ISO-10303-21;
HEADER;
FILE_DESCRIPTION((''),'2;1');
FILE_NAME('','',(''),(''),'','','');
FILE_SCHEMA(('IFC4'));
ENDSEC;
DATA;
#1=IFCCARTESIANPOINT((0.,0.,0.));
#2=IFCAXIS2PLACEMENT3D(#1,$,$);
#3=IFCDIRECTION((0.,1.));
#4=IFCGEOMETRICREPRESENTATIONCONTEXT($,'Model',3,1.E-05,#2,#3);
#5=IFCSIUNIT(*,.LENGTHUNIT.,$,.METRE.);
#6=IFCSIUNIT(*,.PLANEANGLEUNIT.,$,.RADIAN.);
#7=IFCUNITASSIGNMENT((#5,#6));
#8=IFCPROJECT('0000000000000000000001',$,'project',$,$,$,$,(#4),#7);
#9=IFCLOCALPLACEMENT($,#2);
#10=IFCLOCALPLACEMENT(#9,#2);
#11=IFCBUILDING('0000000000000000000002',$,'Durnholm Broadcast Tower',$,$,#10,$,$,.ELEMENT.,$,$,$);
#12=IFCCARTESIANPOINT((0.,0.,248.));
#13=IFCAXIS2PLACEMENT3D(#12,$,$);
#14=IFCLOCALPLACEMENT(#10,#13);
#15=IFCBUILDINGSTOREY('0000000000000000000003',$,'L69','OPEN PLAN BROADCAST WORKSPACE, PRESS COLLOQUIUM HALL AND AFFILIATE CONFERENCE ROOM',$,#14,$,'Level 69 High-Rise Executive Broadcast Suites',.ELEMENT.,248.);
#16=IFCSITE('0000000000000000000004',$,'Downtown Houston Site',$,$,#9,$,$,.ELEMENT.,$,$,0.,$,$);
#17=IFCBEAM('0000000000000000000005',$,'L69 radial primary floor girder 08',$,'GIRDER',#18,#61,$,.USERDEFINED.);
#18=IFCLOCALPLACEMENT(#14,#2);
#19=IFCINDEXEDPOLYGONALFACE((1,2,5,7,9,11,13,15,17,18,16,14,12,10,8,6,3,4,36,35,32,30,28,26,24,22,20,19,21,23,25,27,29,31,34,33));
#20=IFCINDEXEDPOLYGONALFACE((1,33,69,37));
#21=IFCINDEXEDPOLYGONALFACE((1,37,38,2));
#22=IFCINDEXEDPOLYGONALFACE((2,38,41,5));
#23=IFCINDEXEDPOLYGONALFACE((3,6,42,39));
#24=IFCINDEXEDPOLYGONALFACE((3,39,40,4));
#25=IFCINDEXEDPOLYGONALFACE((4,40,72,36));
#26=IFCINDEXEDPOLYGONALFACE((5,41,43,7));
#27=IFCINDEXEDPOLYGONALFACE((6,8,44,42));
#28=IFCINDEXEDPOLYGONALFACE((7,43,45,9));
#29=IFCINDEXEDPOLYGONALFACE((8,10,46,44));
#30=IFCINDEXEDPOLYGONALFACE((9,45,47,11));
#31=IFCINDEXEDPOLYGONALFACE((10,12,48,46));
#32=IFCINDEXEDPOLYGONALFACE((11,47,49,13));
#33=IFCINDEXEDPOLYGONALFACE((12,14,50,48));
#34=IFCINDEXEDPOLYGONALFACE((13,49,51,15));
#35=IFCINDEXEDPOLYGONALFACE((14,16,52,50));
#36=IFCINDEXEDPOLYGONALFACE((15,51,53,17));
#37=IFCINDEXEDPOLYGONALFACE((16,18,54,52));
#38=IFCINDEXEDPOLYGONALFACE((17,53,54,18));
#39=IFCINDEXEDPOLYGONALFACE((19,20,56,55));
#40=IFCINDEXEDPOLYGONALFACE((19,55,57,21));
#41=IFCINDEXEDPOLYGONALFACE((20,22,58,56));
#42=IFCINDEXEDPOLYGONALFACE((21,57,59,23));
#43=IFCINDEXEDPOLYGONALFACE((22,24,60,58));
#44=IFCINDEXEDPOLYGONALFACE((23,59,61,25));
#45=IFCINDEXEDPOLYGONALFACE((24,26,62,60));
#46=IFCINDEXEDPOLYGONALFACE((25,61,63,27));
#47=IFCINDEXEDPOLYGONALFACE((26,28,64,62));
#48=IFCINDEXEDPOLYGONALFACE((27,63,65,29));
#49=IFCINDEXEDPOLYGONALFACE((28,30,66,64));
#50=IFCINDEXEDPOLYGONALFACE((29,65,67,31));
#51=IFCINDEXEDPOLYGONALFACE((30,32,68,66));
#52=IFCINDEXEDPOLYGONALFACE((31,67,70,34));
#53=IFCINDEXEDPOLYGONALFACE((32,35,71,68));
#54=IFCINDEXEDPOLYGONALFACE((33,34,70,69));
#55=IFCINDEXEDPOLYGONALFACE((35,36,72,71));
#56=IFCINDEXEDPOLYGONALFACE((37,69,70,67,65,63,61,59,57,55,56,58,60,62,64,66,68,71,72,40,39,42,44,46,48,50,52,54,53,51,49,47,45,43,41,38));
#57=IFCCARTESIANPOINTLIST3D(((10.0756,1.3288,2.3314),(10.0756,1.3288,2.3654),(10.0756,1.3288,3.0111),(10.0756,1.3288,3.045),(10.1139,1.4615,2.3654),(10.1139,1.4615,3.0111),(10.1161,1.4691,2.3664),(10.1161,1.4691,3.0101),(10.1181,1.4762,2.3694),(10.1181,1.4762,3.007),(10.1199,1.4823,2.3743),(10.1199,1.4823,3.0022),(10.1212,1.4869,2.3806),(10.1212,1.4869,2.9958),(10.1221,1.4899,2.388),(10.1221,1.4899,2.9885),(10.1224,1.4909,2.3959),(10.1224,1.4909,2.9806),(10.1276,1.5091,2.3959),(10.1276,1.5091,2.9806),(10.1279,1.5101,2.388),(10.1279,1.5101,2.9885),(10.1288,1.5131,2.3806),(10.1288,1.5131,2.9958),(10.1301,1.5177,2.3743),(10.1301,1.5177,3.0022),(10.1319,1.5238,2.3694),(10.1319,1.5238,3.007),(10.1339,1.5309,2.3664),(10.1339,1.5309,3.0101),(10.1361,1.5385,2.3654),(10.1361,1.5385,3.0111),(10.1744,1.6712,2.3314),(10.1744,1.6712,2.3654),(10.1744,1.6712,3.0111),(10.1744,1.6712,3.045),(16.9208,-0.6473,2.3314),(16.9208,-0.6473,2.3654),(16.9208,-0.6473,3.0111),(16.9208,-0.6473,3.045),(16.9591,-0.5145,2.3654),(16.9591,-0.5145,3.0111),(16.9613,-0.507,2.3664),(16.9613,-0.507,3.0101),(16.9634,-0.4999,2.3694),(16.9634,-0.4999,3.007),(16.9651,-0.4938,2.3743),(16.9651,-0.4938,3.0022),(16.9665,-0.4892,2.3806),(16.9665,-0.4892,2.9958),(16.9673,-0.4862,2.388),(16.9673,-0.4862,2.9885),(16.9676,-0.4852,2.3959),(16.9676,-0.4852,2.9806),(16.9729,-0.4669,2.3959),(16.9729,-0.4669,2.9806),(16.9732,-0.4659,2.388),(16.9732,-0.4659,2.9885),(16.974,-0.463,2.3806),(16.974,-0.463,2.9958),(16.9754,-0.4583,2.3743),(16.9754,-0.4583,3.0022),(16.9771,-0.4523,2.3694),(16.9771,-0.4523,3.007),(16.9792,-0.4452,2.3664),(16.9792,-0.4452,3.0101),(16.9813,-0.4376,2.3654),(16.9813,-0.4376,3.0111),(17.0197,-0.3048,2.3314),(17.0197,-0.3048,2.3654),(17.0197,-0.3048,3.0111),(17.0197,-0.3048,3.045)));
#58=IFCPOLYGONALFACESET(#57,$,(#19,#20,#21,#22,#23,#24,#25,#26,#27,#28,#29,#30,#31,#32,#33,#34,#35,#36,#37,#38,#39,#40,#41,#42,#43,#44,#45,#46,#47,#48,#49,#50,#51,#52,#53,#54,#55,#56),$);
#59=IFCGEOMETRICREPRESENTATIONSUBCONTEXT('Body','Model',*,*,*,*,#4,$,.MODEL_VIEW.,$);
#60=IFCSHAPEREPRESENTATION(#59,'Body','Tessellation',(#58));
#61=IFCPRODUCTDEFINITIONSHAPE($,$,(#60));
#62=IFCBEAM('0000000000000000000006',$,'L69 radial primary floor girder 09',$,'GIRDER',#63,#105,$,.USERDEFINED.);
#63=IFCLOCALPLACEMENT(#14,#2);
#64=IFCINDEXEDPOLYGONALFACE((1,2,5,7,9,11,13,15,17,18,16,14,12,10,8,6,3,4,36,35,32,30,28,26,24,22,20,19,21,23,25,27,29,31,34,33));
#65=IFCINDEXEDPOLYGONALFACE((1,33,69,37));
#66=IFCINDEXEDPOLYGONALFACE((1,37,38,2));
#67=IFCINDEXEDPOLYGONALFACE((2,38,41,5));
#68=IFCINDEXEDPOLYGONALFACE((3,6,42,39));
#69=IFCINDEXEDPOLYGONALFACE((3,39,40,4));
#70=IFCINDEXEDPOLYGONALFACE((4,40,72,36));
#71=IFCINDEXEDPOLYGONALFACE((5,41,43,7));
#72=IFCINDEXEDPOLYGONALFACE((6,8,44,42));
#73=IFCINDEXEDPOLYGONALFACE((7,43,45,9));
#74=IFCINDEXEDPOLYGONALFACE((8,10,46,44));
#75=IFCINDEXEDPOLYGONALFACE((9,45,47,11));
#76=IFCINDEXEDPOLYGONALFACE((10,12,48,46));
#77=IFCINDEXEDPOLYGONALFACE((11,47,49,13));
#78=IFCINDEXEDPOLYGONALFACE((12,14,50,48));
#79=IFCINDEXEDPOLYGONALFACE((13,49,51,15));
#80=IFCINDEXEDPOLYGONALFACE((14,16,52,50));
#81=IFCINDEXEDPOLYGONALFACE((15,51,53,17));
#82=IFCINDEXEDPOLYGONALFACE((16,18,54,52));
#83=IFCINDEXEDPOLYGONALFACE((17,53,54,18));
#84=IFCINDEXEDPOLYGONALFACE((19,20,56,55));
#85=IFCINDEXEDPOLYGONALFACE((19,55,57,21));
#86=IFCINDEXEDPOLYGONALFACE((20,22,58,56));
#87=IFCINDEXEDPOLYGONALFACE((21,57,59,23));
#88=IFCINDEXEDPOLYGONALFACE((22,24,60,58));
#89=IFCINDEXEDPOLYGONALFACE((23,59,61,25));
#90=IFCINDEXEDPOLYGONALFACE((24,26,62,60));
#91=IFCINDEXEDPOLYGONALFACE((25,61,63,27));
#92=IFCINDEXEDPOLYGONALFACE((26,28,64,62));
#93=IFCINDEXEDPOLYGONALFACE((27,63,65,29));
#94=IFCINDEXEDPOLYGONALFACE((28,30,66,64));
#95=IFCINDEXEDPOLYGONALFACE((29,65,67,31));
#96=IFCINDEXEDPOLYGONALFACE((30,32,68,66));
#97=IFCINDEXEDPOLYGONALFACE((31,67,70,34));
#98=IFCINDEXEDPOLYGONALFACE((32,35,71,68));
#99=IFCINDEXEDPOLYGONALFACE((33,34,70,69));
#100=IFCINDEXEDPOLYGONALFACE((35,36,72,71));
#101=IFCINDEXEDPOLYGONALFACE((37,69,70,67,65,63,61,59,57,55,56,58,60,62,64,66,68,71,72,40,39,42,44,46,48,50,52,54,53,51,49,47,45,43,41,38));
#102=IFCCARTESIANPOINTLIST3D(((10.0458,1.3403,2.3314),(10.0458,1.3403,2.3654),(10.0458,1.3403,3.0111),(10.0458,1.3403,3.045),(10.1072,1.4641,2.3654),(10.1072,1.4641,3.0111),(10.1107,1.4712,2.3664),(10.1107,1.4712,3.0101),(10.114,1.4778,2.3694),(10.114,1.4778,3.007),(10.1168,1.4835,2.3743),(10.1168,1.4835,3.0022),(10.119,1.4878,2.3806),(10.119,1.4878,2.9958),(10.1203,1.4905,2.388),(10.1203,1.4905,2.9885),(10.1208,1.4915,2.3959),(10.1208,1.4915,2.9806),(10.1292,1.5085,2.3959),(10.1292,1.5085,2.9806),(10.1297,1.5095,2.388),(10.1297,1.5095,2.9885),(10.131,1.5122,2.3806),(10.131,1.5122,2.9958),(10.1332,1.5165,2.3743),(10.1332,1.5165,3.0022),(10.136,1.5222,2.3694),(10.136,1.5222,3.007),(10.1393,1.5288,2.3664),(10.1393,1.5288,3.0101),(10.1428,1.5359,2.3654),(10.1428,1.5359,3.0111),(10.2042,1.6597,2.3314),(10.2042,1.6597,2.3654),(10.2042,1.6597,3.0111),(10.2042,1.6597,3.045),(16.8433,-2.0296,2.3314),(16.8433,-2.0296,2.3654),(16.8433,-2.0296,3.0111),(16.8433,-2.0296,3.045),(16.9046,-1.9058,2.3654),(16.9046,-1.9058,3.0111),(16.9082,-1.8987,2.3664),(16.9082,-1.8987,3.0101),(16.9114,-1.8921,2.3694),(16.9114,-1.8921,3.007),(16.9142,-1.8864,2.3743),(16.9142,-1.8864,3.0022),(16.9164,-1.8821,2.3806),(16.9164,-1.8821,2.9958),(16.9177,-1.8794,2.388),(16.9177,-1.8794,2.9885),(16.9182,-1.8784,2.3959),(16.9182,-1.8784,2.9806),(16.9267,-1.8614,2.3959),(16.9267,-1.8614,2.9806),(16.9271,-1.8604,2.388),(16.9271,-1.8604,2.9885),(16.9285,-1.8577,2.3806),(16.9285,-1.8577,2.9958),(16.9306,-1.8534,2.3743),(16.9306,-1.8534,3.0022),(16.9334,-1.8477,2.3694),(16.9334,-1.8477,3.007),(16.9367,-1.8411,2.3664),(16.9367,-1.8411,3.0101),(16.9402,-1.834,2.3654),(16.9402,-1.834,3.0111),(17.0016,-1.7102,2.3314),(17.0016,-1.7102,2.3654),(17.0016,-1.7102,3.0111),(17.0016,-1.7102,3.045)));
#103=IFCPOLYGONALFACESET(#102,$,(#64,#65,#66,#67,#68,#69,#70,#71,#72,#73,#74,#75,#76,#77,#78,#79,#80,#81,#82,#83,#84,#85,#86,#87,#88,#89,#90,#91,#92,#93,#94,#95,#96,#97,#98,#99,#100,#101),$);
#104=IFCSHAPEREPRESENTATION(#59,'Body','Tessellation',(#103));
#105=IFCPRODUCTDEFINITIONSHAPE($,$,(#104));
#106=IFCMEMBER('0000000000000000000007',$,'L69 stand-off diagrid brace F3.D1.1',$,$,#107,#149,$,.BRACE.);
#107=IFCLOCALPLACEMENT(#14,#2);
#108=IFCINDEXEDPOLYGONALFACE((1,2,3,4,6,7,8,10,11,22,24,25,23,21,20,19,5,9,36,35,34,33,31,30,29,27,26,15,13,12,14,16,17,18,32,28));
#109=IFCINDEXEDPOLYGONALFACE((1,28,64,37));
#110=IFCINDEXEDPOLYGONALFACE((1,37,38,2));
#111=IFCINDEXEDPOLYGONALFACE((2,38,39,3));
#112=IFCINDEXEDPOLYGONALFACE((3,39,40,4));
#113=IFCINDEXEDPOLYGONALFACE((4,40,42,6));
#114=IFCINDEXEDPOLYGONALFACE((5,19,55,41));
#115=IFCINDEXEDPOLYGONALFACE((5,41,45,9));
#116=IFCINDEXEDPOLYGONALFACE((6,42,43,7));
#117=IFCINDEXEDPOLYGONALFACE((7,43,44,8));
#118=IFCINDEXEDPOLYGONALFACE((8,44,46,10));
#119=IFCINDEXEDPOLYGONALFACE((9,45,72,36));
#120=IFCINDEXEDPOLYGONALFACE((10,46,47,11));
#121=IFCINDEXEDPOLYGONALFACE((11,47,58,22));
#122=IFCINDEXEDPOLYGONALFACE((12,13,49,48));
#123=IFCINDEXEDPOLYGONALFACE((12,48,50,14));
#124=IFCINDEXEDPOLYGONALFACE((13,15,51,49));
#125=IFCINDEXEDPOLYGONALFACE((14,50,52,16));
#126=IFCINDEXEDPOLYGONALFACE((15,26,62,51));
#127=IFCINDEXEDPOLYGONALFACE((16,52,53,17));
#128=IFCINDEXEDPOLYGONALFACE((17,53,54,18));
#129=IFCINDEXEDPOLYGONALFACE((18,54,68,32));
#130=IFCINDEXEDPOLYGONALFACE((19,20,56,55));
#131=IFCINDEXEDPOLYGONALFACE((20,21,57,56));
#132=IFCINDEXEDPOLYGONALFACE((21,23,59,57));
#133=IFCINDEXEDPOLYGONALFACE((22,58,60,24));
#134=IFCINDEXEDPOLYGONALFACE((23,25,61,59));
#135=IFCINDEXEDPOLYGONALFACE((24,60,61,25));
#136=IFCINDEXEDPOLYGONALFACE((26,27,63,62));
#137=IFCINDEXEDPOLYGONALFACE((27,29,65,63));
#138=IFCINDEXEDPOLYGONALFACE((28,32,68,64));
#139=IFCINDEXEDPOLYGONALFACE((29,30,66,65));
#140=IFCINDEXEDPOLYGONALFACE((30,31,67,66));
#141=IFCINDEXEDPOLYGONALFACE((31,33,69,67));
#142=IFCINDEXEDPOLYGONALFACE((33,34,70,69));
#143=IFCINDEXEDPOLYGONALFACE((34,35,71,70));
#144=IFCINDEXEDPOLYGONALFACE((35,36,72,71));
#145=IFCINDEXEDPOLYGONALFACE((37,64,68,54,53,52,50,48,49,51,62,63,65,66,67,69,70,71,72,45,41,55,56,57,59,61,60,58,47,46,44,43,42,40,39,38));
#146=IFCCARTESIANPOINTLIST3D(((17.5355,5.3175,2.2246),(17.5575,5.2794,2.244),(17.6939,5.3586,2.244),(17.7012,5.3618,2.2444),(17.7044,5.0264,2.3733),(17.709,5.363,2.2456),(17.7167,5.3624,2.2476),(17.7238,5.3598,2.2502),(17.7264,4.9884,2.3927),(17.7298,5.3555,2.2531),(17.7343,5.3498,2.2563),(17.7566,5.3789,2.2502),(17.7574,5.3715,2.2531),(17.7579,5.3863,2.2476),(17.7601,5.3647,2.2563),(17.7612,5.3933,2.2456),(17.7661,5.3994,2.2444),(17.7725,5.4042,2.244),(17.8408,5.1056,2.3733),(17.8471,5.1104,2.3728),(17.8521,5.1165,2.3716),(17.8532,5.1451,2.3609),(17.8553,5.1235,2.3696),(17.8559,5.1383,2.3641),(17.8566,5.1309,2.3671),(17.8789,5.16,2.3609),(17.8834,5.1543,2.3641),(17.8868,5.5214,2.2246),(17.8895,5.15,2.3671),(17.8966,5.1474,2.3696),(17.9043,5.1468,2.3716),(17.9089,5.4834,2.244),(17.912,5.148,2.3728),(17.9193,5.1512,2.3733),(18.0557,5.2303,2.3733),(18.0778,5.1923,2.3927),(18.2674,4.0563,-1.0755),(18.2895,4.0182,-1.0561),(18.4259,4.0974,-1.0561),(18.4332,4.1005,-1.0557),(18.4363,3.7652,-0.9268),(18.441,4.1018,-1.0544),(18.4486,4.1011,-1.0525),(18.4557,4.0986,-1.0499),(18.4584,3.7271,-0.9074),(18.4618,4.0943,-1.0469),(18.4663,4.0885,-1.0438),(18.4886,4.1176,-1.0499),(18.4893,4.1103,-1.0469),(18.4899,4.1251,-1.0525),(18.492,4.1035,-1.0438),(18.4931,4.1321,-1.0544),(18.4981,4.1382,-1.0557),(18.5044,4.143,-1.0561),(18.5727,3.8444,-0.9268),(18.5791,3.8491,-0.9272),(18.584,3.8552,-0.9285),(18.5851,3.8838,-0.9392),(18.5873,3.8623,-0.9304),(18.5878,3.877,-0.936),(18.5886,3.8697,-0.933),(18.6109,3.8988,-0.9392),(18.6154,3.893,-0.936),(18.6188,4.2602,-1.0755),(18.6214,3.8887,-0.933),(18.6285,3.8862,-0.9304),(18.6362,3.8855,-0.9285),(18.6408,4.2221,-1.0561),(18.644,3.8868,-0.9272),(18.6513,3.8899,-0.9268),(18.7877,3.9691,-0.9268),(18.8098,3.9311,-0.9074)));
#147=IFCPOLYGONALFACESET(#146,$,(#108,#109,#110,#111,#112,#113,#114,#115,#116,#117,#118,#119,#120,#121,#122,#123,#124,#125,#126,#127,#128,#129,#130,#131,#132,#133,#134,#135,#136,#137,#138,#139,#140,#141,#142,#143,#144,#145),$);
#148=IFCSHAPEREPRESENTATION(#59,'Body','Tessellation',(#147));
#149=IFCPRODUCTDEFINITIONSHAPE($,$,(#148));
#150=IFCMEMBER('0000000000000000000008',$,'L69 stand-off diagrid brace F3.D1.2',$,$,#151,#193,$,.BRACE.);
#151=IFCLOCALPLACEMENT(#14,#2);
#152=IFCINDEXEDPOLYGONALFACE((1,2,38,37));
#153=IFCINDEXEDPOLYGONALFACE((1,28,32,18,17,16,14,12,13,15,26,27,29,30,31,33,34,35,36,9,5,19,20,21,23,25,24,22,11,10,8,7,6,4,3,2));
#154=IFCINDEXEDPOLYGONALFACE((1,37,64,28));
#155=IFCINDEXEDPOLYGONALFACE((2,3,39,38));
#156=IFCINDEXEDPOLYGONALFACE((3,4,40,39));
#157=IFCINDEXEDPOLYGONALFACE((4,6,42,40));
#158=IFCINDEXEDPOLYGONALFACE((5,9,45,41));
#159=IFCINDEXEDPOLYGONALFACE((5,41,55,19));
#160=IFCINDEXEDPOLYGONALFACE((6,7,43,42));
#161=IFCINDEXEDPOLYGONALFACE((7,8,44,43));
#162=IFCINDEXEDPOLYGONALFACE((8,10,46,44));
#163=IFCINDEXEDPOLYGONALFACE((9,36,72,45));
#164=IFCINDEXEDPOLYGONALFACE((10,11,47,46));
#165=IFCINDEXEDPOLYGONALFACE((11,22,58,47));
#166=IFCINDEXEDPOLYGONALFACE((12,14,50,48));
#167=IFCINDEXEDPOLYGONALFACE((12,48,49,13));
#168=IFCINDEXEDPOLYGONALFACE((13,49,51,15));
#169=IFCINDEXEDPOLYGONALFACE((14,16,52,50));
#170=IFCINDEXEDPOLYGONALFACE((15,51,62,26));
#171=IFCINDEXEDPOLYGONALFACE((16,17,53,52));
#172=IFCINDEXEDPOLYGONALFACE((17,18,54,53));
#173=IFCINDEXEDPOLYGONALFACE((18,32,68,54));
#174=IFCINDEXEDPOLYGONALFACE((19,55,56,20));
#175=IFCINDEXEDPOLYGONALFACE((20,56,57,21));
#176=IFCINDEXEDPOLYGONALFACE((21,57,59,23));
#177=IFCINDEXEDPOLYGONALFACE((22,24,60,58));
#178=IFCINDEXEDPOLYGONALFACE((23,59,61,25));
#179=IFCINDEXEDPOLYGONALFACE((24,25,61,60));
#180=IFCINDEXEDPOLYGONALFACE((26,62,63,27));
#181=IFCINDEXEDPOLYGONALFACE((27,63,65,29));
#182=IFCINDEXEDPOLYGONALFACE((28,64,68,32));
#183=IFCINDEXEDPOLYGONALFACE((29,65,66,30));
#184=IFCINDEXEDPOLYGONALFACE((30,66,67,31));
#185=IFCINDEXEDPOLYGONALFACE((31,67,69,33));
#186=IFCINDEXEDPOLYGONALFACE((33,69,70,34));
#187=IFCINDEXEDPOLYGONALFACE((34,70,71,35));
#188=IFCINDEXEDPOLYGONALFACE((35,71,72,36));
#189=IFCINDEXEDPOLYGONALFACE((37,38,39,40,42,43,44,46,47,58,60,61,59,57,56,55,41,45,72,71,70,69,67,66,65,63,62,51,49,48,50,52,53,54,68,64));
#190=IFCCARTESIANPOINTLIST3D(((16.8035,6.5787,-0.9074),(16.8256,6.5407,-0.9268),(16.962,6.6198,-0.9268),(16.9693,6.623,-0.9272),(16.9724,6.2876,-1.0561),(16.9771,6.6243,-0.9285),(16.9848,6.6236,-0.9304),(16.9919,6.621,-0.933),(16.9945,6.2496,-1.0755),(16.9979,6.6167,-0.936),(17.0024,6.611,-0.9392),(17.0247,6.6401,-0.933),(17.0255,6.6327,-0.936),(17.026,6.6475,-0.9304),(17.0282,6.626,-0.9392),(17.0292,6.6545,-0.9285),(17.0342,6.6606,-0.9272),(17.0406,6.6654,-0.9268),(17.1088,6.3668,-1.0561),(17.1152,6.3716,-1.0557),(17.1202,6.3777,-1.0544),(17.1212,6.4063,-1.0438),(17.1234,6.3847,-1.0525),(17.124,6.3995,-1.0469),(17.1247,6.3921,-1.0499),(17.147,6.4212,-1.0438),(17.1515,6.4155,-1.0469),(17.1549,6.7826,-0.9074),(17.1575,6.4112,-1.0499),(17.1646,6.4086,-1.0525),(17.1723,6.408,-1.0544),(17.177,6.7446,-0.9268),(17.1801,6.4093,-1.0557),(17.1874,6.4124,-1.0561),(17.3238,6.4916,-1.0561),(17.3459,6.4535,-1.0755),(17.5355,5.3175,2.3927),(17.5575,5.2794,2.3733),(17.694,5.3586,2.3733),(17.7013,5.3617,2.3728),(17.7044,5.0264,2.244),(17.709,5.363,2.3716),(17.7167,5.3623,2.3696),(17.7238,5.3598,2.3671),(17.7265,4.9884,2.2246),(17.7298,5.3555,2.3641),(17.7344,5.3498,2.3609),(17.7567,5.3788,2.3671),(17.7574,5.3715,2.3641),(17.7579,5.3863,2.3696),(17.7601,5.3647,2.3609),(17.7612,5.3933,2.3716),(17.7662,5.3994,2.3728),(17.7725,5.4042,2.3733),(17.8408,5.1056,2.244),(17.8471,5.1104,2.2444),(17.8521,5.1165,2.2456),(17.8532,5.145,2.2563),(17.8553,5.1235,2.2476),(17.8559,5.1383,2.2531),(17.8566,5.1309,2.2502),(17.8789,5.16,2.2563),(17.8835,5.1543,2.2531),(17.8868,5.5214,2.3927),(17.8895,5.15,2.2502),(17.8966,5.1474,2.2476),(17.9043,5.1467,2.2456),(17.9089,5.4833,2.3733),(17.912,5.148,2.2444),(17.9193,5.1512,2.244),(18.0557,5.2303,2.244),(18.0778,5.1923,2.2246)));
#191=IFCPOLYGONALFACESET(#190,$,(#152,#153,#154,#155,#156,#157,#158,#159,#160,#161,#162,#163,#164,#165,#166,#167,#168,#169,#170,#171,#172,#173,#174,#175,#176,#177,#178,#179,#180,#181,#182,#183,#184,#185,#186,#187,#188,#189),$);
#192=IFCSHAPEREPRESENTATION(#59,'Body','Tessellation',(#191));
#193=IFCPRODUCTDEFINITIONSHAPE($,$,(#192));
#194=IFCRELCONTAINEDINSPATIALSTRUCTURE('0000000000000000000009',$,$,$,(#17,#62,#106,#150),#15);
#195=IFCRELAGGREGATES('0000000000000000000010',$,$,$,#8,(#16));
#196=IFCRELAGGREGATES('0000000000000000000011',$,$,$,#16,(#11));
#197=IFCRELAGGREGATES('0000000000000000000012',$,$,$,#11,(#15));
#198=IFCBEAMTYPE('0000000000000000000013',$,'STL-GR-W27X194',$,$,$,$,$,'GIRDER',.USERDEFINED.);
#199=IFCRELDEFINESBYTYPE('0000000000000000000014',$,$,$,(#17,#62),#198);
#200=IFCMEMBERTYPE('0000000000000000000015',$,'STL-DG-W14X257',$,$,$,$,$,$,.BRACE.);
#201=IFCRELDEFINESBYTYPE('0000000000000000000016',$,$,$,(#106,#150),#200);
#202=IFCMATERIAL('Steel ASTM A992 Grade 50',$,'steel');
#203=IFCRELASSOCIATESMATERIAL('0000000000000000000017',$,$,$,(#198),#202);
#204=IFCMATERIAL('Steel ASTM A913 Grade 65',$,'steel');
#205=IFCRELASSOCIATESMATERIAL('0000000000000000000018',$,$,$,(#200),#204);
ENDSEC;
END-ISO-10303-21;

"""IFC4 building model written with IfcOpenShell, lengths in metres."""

from ifc_helpers import new_model, si_unit, direction, frame, origin, origin_2d, place, context, subcontext, project, spatial, i_section, extrude, source, transform, mapped, material, material_profile, profile_set, type_object, type_shapes, element, save


model = new_model("IFC4")

# Units and contexts
model_context = context("Model", 3, precision=1e-05, world=origin(), true_north=direction((0.0, 1.0)))
body_context = subcontext(model_context, "Body", "Model", "MODEL_VIEW")
ifc_project = project(units=[si_unit("LENGTHUNIT", "METRE"), si_unit("PLANEANGLEUNIT", "RADIAN")], contexts=[model_context])

# Site, building, storey
site_placement = place(None, origin())
site = spatial("IfcSite", under=ifc_project, at=site_placement, Name="Downtown Houston Site", CompositionType="ELEMENT", RefElevation=0.0)
building_placement = place(site_placement, origin())
building = spatial("IfcBuilding", under=site, at=building_placement, Name="Durnholm Broadcast Tower", CompositionType="ELEMENT")
storey_placement = place(building_placement, frame((0.0, 0.0, 248.0)))
storey = spatial("IfcBuildingStorey", under=building, at=storey_placement, Name="L69", Description="OPEN PLAN BROADCAST WORKSPACE, PRESS COLLOQUIUM HALL AND AFFILIATE CONFERENCE ROOM", LongName="Level 69 High-Rise Executive Broadcast Suites", CompositionType="ELEMENT", Elevation=248.0)

# Beams
ifc_material_1 = material(Name="Steel ASTM A992 Grade 50", Category="steel")
ifc_material_profile_1 = material_profile(ifc_material_1, i_section(OverallWidth=0.3564, OverallDepth=0.7136, WebThickness=0.019, FlangeThickness=0.0339, FilletRadius=0.0305, at=origin_2d()), Name="W27X194")
ifc_profile_set_1 = profile_set([ifc_material_profile_1], Name="Steel ASTM A992 Grade 50")
beam_type_1 = type_object("IfcBeamType", Name="STL-GR-W27X194", ElementType="GIRDER", PredefinedType="USERDEFINED", material=ifc_profile_set_1)
shared_shape_1 = source(origin(), body_context, "Body", "SweptSolid", [
    extrude(i_section(OverallWidth=0.3564, OverallDepth=0.7136, WebThickness=0.019, FlangeThickness=0.0339, FilletRadius=0.0305, at=origin_2d()), origin(), (0.0, 0.0, 1.0), 7.1248),
])
beam_1_placement = place(storey_placement, frame((10.125, 1.5, 2.6882), z_axis=(0.960768, -0.277354, 0.0), x_axis=(0.277354, 0.960768, 0.0)))
element("IfcBeam", 1, at=beam_1_placement, inside=storey, type_object=beam_type_1, Name="L69 radial primary floor girder 08", ObjectType="GIRDER", PredefinedType="USERDEFINED", context=body_context, shape_type="MappedRepresentation", body=[
    mapped(shared_shape_1, transform((0.0, 0.0, 0.0), x_axis=(1.0, 0.0, 0.0), y_axis=(0.0, 1.0, 0.0), z_axis=(0.0, 0.0, 1.0), scale=1.0)),
])
shared_shape_2 = source(origin(), body_context, "Body", "SweptSolid", [
    extrude(i_section(OverallWidth=0.3564, OverallDepth=0.7136, WebThickness=0.019, FlangeThickness=0.0339, FilletRadius=0.0305, at=origin_2d()), origin(), (0.0, 0.0, 1.0), 7.5869),
])
type_shapes(beam_type_1, [shared_shape_1, shared_shape_2])
beam_2_placement = place(storey_placement, frame((10.125, 1.5, 2.6882), z_axis=(0.895941, -0.444173, 0.0), x_axis=(0.444173, 0.895941, 0.0)))
element("IfcBeam", 2, at=beam_2_placement, inside=storey, type_object=beam_type_1, Name="L69 radial primary floor girder 09", ObjectType="GIRDER", PredefinedType="USERDEFINED", context=body_context, shape_type="MappedRepresentation", body=[
    mapped(shared_shape_2, transform((0.0, 0.0, 0.0), x_axis=(1.0, 0.0, 0.0), y_axis=(0.0, 1.0, 0.0), z_axis=(0.0, 0.0, 1.0), scale=1.0)),
])

# Members
ifc_material_2 = material(Name="Steel ASTM A913 Grade 65", Category="steel")
ifc_material_profile_2 = material_profile(ifc_material_2, i_section(OverallWidth=0.4062, OverallDepth=0.416, WebThickness=0.0298, FlangeThickness=0.0481, FilletRadius=0.0305, at=origin_2d()), Name="W14X257")
ifc_profile_set_2 = profile_set([ifc_material_profile_2], Name="Steel ASTM A913 Grade 65")
member_type_1 = type_object("IfcMemberType", Name="STL-DG-W14X257", PredefinedType="BRACE", material=ifc_profile_set_2)
shared_shape_3 = source(origin(), body_context, "Body", "SweptSolid", [
    extrude(i_section(OverallWidth=0.4062, OverallDepth=0.416, WebThickness=0.0298, FlangeThickness=0.0481, FilletRadius=0.0305, at=origin_2d()), origin(), (0.0, 0.0, 1.0), 3.6079),
])
type_shapes(member_type_1, [shared_shape_3])
for number, where, z_axis, x_axis, name in (
    (3, (18.5386, 3.9937, -0.9915), (-0.202871, 0.349577, 0.91468), (-0.864906, -0.501934, 0.0), "L69 stand-off diagrid brace F3.D1.1"),
    (4, (17.0747, 6.5161, -0.9915), (0.202871, -0.349577, 0.91468), (0.864906, 0.501934, 0.0), "L69 stand-off diagrid brace F3.D1.2"),
):
    element("IfcMember", number, at=place(storey_placement, frame(where, z_axis=z_axis, x_axis=x_axis)), inside=storey, type_object=member_type_1, Name=name, PredefinedType="BRACE", context=body_context, shape_type="MappedRepresentation", body=[
        mapped(shared_shape_3, transform((0.0, 0.0, 0.0), x_axis=(1.0, 0.0, 0.0), y_axis=(0.0, 1.0, 0.0), z_axis=(0.0, 0.0, 1.0), scale=1.0)),
    ])

save(model, "model.ifc")
